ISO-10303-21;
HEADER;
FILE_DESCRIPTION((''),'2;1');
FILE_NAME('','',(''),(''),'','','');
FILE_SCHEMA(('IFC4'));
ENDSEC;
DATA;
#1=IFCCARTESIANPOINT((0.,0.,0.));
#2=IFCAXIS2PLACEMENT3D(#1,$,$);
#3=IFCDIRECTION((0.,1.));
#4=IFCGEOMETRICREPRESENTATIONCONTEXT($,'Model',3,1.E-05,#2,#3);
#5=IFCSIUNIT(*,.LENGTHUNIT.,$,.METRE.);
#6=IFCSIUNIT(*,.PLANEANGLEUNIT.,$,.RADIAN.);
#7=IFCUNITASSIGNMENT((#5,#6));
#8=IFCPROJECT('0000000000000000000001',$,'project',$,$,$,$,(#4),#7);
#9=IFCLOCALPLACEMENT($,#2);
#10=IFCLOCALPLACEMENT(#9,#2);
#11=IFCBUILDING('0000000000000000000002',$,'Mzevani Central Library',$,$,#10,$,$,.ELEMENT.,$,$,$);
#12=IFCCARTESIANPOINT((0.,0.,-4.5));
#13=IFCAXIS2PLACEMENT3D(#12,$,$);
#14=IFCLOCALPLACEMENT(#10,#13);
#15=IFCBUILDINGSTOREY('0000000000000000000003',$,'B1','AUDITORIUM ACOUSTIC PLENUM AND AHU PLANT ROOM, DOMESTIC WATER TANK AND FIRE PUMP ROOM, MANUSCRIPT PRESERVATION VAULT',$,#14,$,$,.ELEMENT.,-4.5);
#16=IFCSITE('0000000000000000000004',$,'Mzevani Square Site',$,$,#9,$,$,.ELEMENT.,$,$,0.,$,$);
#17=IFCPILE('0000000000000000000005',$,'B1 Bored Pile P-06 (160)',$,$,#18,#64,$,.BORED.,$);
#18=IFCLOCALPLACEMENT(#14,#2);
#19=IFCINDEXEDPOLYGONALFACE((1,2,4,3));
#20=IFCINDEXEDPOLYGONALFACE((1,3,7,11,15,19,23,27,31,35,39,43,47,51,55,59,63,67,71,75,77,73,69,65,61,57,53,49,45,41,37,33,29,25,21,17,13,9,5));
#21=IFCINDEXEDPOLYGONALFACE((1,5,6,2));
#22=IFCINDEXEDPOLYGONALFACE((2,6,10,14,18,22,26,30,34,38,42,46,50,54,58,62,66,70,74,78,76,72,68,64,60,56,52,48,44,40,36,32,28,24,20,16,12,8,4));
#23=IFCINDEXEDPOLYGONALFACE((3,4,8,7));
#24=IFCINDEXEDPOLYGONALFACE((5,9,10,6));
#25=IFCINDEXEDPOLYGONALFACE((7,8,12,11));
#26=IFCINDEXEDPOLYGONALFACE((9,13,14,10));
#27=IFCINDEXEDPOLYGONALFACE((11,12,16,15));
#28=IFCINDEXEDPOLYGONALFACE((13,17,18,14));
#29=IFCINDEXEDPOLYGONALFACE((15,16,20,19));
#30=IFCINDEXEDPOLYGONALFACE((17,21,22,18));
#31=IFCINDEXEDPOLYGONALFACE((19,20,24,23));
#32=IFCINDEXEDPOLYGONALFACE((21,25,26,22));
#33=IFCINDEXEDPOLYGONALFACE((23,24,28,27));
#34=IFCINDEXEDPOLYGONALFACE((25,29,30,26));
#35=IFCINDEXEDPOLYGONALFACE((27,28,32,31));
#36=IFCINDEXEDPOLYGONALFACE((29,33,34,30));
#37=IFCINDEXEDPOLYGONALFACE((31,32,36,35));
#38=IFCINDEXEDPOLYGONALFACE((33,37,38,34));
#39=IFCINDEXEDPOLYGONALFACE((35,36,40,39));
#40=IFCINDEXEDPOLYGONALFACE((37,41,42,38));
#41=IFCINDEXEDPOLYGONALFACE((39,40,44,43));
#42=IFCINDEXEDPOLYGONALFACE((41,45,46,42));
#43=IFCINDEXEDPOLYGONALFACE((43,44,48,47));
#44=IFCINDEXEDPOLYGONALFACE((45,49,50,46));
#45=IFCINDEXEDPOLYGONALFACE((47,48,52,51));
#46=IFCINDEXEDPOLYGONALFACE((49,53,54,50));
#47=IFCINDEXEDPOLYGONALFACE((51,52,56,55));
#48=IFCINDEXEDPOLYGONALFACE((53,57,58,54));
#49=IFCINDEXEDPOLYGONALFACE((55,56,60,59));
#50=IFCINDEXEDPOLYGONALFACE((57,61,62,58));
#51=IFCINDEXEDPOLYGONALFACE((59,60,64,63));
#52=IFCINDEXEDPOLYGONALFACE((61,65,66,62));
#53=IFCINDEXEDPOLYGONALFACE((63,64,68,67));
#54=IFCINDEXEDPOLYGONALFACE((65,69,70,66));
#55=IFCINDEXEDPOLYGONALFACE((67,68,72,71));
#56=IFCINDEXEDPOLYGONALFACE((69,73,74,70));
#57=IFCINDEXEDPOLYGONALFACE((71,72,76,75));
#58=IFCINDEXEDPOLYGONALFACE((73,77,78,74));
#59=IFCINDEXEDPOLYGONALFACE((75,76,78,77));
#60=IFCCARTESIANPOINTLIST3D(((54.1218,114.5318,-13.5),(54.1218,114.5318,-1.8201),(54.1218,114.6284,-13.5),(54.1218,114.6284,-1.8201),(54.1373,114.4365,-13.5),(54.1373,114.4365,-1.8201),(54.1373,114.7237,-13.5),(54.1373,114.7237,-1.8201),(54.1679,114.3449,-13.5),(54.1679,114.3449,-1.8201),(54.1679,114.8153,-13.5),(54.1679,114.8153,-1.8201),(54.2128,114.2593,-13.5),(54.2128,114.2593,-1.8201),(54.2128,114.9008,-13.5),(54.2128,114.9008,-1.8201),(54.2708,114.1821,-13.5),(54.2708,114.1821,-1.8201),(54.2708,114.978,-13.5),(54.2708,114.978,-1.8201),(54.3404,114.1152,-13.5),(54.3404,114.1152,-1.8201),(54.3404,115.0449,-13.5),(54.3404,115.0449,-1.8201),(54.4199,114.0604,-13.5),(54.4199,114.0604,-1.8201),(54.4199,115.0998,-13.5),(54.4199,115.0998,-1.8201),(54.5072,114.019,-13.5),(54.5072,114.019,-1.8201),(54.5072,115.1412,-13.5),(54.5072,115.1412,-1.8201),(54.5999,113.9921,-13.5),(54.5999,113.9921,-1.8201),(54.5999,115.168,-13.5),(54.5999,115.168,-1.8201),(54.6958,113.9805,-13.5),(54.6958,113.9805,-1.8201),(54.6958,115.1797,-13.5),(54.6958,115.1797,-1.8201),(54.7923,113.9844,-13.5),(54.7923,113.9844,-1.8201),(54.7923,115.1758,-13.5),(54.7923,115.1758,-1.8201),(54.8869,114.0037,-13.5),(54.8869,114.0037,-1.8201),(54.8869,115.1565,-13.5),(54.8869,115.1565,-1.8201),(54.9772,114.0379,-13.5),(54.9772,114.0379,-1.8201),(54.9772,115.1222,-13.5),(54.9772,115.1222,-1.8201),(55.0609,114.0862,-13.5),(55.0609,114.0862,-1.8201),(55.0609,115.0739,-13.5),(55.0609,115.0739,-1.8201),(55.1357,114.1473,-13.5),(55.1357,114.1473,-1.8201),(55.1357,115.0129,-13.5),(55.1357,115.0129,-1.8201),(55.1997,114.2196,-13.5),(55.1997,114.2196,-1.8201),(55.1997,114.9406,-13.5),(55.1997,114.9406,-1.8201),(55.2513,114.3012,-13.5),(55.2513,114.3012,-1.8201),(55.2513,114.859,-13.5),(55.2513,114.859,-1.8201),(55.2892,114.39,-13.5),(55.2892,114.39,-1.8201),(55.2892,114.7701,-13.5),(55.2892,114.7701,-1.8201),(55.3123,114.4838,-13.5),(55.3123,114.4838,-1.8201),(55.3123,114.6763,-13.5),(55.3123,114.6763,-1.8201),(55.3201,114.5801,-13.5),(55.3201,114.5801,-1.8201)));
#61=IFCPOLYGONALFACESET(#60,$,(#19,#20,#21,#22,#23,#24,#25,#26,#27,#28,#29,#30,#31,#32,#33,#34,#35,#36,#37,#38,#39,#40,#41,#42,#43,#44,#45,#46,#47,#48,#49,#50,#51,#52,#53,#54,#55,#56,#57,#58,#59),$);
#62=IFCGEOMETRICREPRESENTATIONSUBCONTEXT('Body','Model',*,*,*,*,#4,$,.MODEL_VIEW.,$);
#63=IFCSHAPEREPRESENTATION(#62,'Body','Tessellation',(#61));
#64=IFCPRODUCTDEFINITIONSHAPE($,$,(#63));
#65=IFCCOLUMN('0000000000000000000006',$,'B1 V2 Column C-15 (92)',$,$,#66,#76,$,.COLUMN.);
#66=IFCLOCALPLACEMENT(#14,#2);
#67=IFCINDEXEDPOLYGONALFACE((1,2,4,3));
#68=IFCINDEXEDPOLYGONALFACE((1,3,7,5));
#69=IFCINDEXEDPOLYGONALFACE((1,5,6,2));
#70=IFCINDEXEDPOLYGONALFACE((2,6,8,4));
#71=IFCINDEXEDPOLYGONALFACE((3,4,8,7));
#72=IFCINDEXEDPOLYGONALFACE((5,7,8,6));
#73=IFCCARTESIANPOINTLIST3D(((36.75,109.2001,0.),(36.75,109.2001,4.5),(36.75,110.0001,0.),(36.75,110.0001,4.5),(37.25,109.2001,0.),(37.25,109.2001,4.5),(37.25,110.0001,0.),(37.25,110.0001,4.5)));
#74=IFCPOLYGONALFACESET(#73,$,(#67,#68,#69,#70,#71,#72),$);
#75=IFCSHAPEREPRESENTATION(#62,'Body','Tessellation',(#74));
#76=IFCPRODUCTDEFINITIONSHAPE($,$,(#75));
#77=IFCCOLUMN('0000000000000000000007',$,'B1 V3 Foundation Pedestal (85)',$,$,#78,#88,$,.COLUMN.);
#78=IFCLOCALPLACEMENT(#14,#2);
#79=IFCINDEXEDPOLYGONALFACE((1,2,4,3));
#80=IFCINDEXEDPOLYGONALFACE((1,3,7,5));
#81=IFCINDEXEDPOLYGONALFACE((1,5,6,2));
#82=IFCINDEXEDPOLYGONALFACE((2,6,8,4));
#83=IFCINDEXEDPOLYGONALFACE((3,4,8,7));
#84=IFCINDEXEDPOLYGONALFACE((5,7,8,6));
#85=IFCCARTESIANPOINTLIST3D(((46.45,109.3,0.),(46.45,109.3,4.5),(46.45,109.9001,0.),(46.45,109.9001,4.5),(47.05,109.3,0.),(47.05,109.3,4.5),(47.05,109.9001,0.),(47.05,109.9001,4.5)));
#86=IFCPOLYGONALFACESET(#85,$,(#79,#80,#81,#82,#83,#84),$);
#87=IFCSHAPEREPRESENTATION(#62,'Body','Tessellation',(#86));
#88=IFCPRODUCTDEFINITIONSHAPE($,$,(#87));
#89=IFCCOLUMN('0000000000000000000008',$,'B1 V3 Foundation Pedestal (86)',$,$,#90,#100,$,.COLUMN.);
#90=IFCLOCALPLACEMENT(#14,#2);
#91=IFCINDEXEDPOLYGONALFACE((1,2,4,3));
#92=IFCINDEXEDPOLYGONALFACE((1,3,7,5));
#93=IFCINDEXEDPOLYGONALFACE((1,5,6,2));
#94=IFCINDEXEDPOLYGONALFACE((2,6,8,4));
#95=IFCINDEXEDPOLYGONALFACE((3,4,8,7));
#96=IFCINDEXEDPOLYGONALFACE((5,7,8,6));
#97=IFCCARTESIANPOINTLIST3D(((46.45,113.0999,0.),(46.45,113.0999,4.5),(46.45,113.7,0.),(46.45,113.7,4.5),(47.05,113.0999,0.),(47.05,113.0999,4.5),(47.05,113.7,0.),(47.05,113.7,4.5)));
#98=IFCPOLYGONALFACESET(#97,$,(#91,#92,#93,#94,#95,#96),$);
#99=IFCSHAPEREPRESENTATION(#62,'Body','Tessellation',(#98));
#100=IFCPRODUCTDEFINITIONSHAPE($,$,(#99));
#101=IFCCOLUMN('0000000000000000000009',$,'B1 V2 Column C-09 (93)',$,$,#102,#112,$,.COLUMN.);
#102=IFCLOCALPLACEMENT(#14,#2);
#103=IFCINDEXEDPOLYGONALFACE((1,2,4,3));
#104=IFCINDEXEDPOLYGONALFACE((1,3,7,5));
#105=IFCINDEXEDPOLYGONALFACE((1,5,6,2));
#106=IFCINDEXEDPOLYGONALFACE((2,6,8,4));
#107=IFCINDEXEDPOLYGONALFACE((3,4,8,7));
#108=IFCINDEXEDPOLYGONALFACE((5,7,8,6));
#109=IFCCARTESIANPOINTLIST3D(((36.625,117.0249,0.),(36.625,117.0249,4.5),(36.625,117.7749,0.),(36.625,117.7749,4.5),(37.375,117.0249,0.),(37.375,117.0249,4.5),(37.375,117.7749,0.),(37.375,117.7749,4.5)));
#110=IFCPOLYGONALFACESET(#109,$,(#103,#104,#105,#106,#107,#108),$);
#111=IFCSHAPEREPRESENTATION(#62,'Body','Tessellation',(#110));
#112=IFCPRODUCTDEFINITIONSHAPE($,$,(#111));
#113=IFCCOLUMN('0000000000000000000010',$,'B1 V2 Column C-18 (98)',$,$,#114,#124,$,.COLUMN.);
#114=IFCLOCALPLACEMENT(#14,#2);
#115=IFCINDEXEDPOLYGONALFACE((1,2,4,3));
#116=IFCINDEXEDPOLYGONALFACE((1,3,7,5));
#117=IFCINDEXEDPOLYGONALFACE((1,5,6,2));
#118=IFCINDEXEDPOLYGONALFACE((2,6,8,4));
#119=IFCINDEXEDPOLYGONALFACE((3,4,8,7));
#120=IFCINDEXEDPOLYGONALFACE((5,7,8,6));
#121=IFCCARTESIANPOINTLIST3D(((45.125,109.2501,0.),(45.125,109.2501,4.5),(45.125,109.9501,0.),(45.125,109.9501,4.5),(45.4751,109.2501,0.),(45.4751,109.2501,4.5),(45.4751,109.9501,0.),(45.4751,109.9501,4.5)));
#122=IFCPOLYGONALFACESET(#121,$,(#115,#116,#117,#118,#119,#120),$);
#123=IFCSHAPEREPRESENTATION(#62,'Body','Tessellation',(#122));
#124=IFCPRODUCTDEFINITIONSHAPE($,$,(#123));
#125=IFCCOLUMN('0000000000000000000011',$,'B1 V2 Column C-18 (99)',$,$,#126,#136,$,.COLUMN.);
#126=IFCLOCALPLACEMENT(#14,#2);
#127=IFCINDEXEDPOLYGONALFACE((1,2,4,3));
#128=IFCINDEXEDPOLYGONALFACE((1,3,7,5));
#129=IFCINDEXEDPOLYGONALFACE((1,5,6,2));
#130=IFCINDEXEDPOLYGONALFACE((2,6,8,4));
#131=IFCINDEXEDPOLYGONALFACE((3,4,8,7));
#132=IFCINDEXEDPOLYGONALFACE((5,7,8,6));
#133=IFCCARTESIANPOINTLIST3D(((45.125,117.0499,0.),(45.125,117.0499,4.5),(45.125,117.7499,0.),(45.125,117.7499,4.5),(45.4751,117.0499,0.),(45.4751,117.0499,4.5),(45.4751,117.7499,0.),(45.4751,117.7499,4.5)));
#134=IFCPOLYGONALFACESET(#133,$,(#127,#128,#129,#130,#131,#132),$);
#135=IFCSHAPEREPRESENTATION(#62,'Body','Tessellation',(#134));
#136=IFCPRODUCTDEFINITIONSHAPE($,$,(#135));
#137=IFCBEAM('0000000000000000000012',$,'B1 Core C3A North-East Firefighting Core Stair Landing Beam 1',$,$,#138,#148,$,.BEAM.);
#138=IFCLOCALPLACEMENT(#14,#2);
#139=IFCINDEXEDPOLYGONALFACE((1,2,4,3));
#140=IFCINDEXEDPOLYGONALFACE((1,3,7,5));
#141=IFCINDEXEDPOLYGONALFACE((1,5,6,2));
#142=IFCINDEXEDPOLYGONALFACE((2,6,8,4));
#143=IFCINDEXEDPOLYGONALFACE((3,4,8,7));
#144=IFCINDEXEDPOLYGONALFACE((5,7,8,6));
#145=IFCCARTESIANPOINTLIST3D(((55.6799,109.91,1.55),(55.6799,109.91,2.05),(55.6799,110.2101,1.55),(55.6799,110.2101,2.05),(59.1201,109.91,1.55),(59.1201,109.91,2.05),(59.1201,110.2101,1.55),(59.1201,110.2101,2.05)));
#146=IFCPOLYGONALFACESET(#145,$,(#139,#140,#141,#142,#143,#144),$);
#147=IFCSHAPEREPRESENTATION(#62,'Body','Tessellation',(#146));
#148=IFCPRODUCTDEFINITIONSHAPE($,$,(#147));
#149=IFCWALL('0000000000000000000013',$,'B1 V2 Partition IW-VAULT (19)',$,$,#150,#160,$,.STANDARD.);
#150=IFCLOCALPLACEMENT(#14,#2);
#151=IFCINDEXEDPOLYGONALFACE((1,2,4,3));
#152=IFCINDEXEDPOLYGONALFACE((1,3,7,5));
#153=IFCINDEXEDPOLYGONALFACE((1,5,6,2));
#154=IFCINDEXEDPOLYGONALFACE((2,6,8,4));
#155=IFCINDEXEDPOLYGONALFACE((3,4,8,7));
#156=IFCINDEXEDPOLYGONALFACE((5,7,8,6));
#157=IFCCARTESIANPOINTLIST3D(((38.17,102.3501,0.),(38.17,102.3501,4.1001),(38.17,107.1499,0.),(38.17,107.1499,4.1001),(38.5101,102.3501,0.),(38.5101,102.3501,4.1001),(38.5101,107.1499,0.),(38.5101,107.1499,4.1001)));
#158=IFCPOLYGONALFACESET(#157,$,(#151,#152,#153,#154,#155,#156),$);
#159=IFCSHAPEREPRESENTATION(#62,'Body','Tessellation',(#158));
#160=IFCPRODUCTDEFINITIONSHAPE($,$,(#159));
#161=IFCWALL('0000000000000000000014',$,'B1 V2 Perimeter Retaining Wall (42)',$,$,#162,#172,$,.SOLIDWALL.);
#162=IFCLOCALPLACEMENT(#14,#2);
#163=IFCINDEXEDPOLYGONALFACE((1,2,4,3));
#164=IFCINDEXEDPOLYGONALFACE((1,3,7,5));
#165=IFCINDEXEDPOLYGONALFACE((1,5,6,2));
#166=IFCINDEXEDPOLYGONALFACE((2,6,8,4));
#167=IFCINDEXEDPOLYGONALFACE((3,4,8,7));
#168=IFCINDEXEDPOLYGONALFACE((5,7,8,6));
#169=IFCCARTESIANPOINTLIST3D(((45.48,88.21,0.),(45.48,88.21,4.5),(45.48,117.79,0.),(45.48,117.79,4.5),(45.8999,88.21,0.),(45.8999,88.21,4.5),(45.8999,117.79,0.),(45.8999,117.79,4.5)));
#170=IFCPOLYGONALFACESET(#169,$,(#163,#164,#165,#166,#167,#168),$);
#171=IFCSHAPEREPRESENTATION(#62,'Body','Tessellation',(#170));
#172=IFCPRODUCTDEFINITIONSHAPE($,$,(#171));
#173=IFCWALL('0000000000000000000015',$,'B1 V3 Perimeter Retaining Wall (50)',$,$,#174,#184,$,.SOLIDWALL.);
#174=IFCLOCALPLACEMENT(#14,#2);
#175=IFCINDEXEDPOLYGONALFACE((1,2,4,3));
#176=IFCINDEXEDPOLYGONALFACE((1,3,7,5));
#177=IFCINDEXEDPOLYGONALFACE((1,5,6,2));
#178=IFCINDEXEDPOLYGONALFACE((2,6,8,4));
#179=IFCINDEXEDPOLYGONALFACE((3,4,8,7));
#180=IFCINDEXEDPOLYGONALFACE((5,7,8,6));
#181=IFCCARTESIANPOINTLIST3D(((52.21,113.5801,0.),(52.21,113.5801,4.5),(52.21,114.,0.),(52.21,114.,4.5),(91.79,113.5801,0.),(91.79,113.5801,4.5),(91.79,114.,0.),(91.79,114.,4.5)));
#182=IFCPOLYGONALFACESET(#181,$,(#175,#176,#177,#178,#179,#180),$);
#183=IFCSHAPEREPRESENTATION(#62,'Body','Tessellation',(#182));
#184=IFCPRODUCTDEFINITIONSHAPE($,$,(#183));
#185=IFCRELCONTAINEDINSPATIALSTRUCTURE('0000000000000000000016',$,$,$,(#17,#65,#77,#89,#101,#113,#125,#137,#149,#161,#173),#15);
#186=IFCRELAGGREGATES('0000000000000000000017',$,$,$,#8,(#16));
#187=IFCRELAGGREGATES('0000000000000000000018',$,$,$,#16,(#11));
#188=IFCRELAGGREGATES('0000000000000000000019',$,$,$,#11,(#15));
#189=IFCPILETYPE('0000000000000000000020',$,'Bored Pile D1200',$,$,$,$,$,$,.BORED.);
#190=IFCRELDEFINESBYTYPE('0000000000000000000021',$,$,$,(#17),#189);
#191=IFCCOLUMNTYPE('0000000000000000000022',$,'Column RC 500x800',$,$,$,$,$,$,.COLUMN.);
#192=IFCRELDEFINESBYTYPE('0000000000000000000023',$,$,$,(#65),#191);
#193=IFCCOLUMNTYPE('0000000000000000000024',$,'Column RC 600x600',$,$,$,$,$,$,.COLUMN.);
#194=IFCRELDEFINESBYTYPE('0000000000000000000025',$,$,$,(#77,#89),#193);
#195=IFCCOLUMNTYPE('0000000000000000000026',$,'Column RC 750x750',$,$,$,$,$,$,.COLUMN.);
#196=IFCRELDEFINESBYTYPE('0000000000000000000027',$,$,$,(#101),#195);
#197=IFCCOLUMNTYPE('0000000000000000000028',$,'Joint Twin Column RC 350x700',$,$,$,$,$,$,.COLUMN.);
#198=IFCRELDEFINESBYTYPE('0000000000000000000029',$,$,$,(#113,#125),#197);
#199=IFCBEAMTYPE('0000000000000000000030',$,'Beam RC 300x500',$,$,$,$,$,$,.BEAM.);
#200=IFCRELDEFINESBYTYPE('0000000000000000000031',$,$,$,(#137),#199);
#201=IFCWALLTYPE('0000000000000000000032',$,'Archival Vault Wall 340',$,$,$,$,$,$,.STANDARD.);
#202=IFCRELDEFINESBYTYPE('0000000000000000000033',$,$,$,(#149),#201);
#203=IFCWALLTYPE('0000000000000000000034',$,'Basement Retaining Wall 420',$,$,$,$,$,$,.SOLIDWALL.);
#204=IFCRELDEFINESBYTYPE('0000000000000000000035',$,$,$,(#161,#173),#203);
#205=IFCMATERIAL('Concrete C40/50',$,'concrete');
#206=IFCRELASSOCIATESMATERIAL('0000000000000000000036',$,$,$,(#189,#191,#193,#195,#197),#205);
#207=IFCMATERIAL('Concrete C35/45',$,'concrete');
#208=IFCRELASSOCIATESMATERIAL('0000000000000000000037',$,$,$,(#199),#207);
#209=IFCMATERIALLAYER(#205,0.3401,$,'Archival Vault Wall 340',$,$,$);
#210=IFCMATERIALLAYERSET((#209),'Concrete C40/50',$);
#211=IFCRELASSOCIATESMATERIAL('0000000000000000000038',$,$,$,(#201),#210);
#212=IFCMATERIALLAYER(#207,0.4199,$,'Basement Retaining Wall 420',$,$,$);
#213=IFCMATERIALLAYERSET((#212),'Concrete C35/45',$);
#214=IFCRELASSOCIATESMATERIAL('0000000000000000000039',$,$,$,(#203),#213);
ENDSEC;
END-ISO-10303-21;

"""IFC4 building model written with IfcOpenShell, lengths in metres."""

from ifc_helpers import new_model, si_unit, direction, frame, frame_2d, origin, origin_2d, place, context, subcontext, project, spatial, rectangle, circle, extrude, material, layer, layer_set, material_profile, profile_set, type_object, element, save


model = new_model("IFC4")

# Units and contexts
model_context = context("Model", 3, precision=1e-05, world=origin(), true_north=direction((0.0, 1.0)))
body_context = subcontext(model_context, "Body", "Model", "MODEL_VIEW")
ifc_project = project(units=[si_unit("LENGTHUNIT", "METRE"), si_unit("PLANEANGLEUNIT", "RADIAN")], contexts=[model_context])

# Site, building, storey
site_placement = place(None, origin())
site = spatial("IfcSite", under=ifc_project, at=site_placement, Name="Mzevani Square Site", CompositionType="ELEMENT", RefElevation=0.0)
building_placement = place(site_placement, origin())
building = spatial("IfcBuilding", under=site, at=building_placement, Name="Mzevani Central Library", CompositionType="ELEMENT")
storey_placement = place(building_placement, frame((0.0, 0.0, -4.5)))
storey = spatial("IfcBuildingStorey", under=building, at=storey_placement, Name="B1", Description="AUDITORIUM ACOUSTIC PLENUM AND AHU PLANT ROOM, DOMESTIC WATER TANK AND FIRE PUMP ROOM, MANUSCRIPT PRESERVATION VAULT", CompositionType="ELEMENT", Elevation=-4.5)

# Pile
ifc_material_1 = material(Name="Concrete C40/50", Category="concrete")
ifc_material_profile_1 = material_profile(ifc_material_1, circle(Radius=0.6001, at=origin_2d()), Name="PILE D1200")
ifc_profile_set_1 = profile_set([ifc_material_profile_1], Name="Concrete C40/50")
pile_type_1 = type_object("IfcPileType", Name="Bored Pile D1200", PredefinedType="BORED", material=ifc_profile_set_1)
for number, where, z_axis, x_axis, name in (
    (1, (54.72, 114.5801, -1.8201), (0.0, 0.0, -1.0), (1.0, 0.0, 0.0), "B1 Bored Pile P-06 (160)"),
):
    element("IfcPile", number, at=place(storey_placement, frame(where, z_axis=z_axis, x_axis=x_axis)), inside=storey, type_object=pile_type_1, Name=name, PredefinedType="BORED", context=body_context, shape_type="SweptSolid", body=[
        extrude(circle(Radius=0.6001, at=origin_2d()), origin(), (0.0, 0.0, 1.0), 11.6799),
    ])

# Columns
ifc_material_profile_2 = material_profile(ifc_material_1, rectangle(XDim=0.5, YDim=0.8, at=origin_2d()), Name="RC 500x800")
ifc_profile_set_2 = profile_set([ifc_material_profile_2], Name="Concrete C40/50")
column_type_1 = type_object("IfcColumnType", Name="Column RC 500x800", PredefinedType="COLUMN", material=ifc_profile_set_2)
column_1_placement = place(storey_placement, frame((37.0, 109.6001, 0.0), z_axis=(0.0, 0.0, 1.0), x_axis=(1.0, 0.0, 0.0)))
element("IfcColumn", 2, at=column_1_placement, inside=storey, type_object=column_type_1, Name="B1 V2 Column C-15 (92)", PredefinedType="COLUMN", context=body_context, shape_type="SweptSolid", body=[
    extrude(rectangle(XDim=0.5, YDim=0.8, at=origin_2d()), origin(), (0.0, 0.0, 1.0), 4.5),
])
ifc_material_profile_3 = material_profile(ifc_material_1, rectangle(XDim=0.6001, YDim=0.6001, at=origin_2d()), Name="RC 600x600")
ifc_profile_set_3 = profile_set([ifc_material_profile_3], Name="Concrete C40/50")
column_type_2 = type_object("IfcColumnType", Name="Column RC 600x600", PredefinedType="COLUMN", material=ifc_profile_set_3)
for number, where, z_axis, x_axis, name in (
    (3, (46.75, 109.6001, 0.0), (0.0, 0.0, 1.0), (1.0, 0.0, 0.0), "B1 V3 Foundation Pedestal (85)"),
    (4, (46.75, 113.3999, 0.0), (0.0, 0.0, 1.0), (1.0, 0.0, 0.0), "B1 V3 Foundation Pedestal (86)"),
):
    element("IfcColumn", number, at=place(storey_placement, frame(where, z_axis=z_axis, x_axis=x_axis)), inside=storey, type_object=column_type_2, Name=name, PredefinedType="COLUMN", context=body_context, shape_type="SweptSolid", body=[
        extrude(rectangle(XDim=0.6001, YDim=0.6001, at=origin_2d()), origin(), (0.0, 0.0, 1.0), 4.5),
    ])
ifc_material_profile_4 = material_profile(ifc_material_1, rectangle(XDim=0.75, YDim=0.75, at=origin_2d()), Name="RC 750x750")
ifc_profile_set_4 = profile_set([ifc_material_profile_4], Name="Concrete C40/50")
column_type_3 = type_object("IfcColumnType", Name="Column RC 750x750", PredefinedType="COLUMN", material=ifc_profile_set_4)
column_2_placement = place(storey_placement, frame((37.0, 117.3999, 0.0), z_axis=(0.0, 0.0, 1.0), x_axis=(1.0, 0.0, 0.0)))
element("IfcColumn", 5, at=column_2_placement, inside=storey, type_object=column_type_3, Name="B1 V2 Column C-09 (93)", PredefinedType="COLUMN", context=body_context, shape_type="SweptSolid", body=[
    extrude(rectangle(XDim=0.75, YDim=0.75, at=origin_2d()), origin(), (0.0, 0.0, 1.0), 4.5),
])
ifc_material_profile_5 = material_profile(ifc_material_1, rectangle(XDim=0.3501, YDim=0.7, at=origin_2d()), Name="RC 350x700")
ifc_profile_set_5 = profile_set([ifc_material_profile_5], Name="Concrete C40/50")
column_type_4 = type_object("IfcColumnType", Name="Joint Twin Column RC 350x700", PredefinedType="COLUMN", material=ifc_profile_set_5)
for number, where, z_axis, x_axis, name in (
    (6, (45.3, 109.6001, 0.0), (0.0, 0.0, 1.0), (1.0, 0.0, 0.0), "B1 V2 Column C-18 (98)"),
    (7, (45.3, 117.3999, 0.0), (0.0, 0.0, 1.0), (1.0, 0.0, 0.0), "B1 V2 Column C-18 (99)"),
):
    element("IfcColumn", number, at=place(storey_placement, frame(where, z_axis=z_axis, x_axis=x_axis)), inside=storey, type_object=column_type_4, Name=name, PredefinedType="COLUMN", context=body_context, shape_type="SweptSolid", body=[
        extrude(rectangle(XDim=0.3501, YDim=0.7, at=origin_2d()), origin(), (0.0, 0.0, 1.0), 4.5),
    ])

# Beam
ifc_material_2 = material(Name="Concrete C35/45", Category="concrete")
ifc_material_profile_6 = material_profile(ifc_material_2, rectangle(XDim=0.3, YDim=0.5, at=origin_2d()), Name="RC B300x500")
ifc_profile_set_6 = profile_set([ifc_material_profile_6], Name="Concrete C35/45")
beam_type = type_object("IfcBeamType", Name="Beam RC 300x500", PredefinedType="BEAM", material=ifc_profile_set_6)
beam_placement = place(storey_placement, frame((55.6799, 110.0601, 1.8), z_axis=(1.0, 0.0, 0.0), x_axis=(0.0, 1.0, 0.0)))
element("IfcBeam", 8, at=beam_placement, inside=storey, type_object=beam_type, Name="B1 Core C3A North-East Firefighting Core Stair Landing Beam 1", PredefinedType="BEAM", context=body_context, shape_type="SweptSolid", body=[
    extrude(rectangle(XDim=0.3, YDim=0.5, at=origin_2d()), origin(), (0.0, 0.0, 1.0), 3.4402),
])

# Walls
ifc_layer_1 = layer(ifc_material_1, 0.3401, Name="Archival Vault Wall 340")
ifc_layer_set_1 = layer_set([ifc_layer_1], Name="Concrete C40/50")
wall_type_1 = type_object("IfcWallType", Name="Archival Vault Wall 340", PredefinedType="STANDARD", material=ifc_layer_set_1)
wall_1_placement = place(storey_placement, frame((38.3401, 107.1499, 0.0), z_axis=(0.0, 0.0, 1.0), x_axis=(0.0, -1.0, 0.0)))
element("IfcWall", 9, at=wall_1_placement, inside=storey, type_object=wall_type_1, Name="B1 V2 Partition IW-VAULT (19)", PredefinedType="STANDARD", context=body_context, shape_type="SweptSolid", body=[
    extrude(rectangle(XDim=4.7998, YDim=0.3401, at=frame_2d((2.3999, 0.0))), origin(), (0.0, 0.0, 1.0), 4.1001),
])
ifc_layer_2 = layer(ifc_material_2, 0.4199, Name="Basement Retaining Wall 420")
ifc_layer_set_2 = layer_set([ifc_layer_2], Name="Concrete C35/45")
wall_type_2 = type_object("IfcWallType", Name="Basement Retaining Wall 420", PredefinedType="SOLIDWALL", material=ifc_layer_set_2)
wall_2_placement = place(storey_placement, frame((45.6899, 117.79, 0.0), z_axis=(0.0, 0.0, 1.0), x_axis=(0.0, -1.0, 0.0)))
element("IfcWall", 10, at=wall_2_placement, inside=storey, type_object=wall_type_2, Name="B1 V2 Perimeter Retaining Wall (42)", PredefinedType="SOLIDWALL", context=body_context, shape_type="SweptSolid", body=[
    extrude(rectangle(XDim=29.5801, YDim=0.4199, at=frame_2d((14.79, 0.0))), origin(), (0.0, 0.0, 1.0), 4.5),
])
wall_3_placement = place(storey_placement, frame((52.21, 113.79, 0.0), z_axis=(0.0, 0.0, 1.0), x_axis=(1.0, 0.0, 0.0)))
element("IfcWall", 11, at=wall_3_placement, inside=storey, type_object=wall_type_2, Name="B1 V3 Perimeter Retaining Wall (50)", PredefinedType="SOLIDWALL", context=body_context, shape_type="SweptSolid", body=[
    extrude(rectangle(XDim=39.5801, YDim=0.4199, at=frame_2d((19.79, 0.0))), origin(), (0.0, 0.0, 1.0), 4.5),
])

save(model, "model.ifc")
